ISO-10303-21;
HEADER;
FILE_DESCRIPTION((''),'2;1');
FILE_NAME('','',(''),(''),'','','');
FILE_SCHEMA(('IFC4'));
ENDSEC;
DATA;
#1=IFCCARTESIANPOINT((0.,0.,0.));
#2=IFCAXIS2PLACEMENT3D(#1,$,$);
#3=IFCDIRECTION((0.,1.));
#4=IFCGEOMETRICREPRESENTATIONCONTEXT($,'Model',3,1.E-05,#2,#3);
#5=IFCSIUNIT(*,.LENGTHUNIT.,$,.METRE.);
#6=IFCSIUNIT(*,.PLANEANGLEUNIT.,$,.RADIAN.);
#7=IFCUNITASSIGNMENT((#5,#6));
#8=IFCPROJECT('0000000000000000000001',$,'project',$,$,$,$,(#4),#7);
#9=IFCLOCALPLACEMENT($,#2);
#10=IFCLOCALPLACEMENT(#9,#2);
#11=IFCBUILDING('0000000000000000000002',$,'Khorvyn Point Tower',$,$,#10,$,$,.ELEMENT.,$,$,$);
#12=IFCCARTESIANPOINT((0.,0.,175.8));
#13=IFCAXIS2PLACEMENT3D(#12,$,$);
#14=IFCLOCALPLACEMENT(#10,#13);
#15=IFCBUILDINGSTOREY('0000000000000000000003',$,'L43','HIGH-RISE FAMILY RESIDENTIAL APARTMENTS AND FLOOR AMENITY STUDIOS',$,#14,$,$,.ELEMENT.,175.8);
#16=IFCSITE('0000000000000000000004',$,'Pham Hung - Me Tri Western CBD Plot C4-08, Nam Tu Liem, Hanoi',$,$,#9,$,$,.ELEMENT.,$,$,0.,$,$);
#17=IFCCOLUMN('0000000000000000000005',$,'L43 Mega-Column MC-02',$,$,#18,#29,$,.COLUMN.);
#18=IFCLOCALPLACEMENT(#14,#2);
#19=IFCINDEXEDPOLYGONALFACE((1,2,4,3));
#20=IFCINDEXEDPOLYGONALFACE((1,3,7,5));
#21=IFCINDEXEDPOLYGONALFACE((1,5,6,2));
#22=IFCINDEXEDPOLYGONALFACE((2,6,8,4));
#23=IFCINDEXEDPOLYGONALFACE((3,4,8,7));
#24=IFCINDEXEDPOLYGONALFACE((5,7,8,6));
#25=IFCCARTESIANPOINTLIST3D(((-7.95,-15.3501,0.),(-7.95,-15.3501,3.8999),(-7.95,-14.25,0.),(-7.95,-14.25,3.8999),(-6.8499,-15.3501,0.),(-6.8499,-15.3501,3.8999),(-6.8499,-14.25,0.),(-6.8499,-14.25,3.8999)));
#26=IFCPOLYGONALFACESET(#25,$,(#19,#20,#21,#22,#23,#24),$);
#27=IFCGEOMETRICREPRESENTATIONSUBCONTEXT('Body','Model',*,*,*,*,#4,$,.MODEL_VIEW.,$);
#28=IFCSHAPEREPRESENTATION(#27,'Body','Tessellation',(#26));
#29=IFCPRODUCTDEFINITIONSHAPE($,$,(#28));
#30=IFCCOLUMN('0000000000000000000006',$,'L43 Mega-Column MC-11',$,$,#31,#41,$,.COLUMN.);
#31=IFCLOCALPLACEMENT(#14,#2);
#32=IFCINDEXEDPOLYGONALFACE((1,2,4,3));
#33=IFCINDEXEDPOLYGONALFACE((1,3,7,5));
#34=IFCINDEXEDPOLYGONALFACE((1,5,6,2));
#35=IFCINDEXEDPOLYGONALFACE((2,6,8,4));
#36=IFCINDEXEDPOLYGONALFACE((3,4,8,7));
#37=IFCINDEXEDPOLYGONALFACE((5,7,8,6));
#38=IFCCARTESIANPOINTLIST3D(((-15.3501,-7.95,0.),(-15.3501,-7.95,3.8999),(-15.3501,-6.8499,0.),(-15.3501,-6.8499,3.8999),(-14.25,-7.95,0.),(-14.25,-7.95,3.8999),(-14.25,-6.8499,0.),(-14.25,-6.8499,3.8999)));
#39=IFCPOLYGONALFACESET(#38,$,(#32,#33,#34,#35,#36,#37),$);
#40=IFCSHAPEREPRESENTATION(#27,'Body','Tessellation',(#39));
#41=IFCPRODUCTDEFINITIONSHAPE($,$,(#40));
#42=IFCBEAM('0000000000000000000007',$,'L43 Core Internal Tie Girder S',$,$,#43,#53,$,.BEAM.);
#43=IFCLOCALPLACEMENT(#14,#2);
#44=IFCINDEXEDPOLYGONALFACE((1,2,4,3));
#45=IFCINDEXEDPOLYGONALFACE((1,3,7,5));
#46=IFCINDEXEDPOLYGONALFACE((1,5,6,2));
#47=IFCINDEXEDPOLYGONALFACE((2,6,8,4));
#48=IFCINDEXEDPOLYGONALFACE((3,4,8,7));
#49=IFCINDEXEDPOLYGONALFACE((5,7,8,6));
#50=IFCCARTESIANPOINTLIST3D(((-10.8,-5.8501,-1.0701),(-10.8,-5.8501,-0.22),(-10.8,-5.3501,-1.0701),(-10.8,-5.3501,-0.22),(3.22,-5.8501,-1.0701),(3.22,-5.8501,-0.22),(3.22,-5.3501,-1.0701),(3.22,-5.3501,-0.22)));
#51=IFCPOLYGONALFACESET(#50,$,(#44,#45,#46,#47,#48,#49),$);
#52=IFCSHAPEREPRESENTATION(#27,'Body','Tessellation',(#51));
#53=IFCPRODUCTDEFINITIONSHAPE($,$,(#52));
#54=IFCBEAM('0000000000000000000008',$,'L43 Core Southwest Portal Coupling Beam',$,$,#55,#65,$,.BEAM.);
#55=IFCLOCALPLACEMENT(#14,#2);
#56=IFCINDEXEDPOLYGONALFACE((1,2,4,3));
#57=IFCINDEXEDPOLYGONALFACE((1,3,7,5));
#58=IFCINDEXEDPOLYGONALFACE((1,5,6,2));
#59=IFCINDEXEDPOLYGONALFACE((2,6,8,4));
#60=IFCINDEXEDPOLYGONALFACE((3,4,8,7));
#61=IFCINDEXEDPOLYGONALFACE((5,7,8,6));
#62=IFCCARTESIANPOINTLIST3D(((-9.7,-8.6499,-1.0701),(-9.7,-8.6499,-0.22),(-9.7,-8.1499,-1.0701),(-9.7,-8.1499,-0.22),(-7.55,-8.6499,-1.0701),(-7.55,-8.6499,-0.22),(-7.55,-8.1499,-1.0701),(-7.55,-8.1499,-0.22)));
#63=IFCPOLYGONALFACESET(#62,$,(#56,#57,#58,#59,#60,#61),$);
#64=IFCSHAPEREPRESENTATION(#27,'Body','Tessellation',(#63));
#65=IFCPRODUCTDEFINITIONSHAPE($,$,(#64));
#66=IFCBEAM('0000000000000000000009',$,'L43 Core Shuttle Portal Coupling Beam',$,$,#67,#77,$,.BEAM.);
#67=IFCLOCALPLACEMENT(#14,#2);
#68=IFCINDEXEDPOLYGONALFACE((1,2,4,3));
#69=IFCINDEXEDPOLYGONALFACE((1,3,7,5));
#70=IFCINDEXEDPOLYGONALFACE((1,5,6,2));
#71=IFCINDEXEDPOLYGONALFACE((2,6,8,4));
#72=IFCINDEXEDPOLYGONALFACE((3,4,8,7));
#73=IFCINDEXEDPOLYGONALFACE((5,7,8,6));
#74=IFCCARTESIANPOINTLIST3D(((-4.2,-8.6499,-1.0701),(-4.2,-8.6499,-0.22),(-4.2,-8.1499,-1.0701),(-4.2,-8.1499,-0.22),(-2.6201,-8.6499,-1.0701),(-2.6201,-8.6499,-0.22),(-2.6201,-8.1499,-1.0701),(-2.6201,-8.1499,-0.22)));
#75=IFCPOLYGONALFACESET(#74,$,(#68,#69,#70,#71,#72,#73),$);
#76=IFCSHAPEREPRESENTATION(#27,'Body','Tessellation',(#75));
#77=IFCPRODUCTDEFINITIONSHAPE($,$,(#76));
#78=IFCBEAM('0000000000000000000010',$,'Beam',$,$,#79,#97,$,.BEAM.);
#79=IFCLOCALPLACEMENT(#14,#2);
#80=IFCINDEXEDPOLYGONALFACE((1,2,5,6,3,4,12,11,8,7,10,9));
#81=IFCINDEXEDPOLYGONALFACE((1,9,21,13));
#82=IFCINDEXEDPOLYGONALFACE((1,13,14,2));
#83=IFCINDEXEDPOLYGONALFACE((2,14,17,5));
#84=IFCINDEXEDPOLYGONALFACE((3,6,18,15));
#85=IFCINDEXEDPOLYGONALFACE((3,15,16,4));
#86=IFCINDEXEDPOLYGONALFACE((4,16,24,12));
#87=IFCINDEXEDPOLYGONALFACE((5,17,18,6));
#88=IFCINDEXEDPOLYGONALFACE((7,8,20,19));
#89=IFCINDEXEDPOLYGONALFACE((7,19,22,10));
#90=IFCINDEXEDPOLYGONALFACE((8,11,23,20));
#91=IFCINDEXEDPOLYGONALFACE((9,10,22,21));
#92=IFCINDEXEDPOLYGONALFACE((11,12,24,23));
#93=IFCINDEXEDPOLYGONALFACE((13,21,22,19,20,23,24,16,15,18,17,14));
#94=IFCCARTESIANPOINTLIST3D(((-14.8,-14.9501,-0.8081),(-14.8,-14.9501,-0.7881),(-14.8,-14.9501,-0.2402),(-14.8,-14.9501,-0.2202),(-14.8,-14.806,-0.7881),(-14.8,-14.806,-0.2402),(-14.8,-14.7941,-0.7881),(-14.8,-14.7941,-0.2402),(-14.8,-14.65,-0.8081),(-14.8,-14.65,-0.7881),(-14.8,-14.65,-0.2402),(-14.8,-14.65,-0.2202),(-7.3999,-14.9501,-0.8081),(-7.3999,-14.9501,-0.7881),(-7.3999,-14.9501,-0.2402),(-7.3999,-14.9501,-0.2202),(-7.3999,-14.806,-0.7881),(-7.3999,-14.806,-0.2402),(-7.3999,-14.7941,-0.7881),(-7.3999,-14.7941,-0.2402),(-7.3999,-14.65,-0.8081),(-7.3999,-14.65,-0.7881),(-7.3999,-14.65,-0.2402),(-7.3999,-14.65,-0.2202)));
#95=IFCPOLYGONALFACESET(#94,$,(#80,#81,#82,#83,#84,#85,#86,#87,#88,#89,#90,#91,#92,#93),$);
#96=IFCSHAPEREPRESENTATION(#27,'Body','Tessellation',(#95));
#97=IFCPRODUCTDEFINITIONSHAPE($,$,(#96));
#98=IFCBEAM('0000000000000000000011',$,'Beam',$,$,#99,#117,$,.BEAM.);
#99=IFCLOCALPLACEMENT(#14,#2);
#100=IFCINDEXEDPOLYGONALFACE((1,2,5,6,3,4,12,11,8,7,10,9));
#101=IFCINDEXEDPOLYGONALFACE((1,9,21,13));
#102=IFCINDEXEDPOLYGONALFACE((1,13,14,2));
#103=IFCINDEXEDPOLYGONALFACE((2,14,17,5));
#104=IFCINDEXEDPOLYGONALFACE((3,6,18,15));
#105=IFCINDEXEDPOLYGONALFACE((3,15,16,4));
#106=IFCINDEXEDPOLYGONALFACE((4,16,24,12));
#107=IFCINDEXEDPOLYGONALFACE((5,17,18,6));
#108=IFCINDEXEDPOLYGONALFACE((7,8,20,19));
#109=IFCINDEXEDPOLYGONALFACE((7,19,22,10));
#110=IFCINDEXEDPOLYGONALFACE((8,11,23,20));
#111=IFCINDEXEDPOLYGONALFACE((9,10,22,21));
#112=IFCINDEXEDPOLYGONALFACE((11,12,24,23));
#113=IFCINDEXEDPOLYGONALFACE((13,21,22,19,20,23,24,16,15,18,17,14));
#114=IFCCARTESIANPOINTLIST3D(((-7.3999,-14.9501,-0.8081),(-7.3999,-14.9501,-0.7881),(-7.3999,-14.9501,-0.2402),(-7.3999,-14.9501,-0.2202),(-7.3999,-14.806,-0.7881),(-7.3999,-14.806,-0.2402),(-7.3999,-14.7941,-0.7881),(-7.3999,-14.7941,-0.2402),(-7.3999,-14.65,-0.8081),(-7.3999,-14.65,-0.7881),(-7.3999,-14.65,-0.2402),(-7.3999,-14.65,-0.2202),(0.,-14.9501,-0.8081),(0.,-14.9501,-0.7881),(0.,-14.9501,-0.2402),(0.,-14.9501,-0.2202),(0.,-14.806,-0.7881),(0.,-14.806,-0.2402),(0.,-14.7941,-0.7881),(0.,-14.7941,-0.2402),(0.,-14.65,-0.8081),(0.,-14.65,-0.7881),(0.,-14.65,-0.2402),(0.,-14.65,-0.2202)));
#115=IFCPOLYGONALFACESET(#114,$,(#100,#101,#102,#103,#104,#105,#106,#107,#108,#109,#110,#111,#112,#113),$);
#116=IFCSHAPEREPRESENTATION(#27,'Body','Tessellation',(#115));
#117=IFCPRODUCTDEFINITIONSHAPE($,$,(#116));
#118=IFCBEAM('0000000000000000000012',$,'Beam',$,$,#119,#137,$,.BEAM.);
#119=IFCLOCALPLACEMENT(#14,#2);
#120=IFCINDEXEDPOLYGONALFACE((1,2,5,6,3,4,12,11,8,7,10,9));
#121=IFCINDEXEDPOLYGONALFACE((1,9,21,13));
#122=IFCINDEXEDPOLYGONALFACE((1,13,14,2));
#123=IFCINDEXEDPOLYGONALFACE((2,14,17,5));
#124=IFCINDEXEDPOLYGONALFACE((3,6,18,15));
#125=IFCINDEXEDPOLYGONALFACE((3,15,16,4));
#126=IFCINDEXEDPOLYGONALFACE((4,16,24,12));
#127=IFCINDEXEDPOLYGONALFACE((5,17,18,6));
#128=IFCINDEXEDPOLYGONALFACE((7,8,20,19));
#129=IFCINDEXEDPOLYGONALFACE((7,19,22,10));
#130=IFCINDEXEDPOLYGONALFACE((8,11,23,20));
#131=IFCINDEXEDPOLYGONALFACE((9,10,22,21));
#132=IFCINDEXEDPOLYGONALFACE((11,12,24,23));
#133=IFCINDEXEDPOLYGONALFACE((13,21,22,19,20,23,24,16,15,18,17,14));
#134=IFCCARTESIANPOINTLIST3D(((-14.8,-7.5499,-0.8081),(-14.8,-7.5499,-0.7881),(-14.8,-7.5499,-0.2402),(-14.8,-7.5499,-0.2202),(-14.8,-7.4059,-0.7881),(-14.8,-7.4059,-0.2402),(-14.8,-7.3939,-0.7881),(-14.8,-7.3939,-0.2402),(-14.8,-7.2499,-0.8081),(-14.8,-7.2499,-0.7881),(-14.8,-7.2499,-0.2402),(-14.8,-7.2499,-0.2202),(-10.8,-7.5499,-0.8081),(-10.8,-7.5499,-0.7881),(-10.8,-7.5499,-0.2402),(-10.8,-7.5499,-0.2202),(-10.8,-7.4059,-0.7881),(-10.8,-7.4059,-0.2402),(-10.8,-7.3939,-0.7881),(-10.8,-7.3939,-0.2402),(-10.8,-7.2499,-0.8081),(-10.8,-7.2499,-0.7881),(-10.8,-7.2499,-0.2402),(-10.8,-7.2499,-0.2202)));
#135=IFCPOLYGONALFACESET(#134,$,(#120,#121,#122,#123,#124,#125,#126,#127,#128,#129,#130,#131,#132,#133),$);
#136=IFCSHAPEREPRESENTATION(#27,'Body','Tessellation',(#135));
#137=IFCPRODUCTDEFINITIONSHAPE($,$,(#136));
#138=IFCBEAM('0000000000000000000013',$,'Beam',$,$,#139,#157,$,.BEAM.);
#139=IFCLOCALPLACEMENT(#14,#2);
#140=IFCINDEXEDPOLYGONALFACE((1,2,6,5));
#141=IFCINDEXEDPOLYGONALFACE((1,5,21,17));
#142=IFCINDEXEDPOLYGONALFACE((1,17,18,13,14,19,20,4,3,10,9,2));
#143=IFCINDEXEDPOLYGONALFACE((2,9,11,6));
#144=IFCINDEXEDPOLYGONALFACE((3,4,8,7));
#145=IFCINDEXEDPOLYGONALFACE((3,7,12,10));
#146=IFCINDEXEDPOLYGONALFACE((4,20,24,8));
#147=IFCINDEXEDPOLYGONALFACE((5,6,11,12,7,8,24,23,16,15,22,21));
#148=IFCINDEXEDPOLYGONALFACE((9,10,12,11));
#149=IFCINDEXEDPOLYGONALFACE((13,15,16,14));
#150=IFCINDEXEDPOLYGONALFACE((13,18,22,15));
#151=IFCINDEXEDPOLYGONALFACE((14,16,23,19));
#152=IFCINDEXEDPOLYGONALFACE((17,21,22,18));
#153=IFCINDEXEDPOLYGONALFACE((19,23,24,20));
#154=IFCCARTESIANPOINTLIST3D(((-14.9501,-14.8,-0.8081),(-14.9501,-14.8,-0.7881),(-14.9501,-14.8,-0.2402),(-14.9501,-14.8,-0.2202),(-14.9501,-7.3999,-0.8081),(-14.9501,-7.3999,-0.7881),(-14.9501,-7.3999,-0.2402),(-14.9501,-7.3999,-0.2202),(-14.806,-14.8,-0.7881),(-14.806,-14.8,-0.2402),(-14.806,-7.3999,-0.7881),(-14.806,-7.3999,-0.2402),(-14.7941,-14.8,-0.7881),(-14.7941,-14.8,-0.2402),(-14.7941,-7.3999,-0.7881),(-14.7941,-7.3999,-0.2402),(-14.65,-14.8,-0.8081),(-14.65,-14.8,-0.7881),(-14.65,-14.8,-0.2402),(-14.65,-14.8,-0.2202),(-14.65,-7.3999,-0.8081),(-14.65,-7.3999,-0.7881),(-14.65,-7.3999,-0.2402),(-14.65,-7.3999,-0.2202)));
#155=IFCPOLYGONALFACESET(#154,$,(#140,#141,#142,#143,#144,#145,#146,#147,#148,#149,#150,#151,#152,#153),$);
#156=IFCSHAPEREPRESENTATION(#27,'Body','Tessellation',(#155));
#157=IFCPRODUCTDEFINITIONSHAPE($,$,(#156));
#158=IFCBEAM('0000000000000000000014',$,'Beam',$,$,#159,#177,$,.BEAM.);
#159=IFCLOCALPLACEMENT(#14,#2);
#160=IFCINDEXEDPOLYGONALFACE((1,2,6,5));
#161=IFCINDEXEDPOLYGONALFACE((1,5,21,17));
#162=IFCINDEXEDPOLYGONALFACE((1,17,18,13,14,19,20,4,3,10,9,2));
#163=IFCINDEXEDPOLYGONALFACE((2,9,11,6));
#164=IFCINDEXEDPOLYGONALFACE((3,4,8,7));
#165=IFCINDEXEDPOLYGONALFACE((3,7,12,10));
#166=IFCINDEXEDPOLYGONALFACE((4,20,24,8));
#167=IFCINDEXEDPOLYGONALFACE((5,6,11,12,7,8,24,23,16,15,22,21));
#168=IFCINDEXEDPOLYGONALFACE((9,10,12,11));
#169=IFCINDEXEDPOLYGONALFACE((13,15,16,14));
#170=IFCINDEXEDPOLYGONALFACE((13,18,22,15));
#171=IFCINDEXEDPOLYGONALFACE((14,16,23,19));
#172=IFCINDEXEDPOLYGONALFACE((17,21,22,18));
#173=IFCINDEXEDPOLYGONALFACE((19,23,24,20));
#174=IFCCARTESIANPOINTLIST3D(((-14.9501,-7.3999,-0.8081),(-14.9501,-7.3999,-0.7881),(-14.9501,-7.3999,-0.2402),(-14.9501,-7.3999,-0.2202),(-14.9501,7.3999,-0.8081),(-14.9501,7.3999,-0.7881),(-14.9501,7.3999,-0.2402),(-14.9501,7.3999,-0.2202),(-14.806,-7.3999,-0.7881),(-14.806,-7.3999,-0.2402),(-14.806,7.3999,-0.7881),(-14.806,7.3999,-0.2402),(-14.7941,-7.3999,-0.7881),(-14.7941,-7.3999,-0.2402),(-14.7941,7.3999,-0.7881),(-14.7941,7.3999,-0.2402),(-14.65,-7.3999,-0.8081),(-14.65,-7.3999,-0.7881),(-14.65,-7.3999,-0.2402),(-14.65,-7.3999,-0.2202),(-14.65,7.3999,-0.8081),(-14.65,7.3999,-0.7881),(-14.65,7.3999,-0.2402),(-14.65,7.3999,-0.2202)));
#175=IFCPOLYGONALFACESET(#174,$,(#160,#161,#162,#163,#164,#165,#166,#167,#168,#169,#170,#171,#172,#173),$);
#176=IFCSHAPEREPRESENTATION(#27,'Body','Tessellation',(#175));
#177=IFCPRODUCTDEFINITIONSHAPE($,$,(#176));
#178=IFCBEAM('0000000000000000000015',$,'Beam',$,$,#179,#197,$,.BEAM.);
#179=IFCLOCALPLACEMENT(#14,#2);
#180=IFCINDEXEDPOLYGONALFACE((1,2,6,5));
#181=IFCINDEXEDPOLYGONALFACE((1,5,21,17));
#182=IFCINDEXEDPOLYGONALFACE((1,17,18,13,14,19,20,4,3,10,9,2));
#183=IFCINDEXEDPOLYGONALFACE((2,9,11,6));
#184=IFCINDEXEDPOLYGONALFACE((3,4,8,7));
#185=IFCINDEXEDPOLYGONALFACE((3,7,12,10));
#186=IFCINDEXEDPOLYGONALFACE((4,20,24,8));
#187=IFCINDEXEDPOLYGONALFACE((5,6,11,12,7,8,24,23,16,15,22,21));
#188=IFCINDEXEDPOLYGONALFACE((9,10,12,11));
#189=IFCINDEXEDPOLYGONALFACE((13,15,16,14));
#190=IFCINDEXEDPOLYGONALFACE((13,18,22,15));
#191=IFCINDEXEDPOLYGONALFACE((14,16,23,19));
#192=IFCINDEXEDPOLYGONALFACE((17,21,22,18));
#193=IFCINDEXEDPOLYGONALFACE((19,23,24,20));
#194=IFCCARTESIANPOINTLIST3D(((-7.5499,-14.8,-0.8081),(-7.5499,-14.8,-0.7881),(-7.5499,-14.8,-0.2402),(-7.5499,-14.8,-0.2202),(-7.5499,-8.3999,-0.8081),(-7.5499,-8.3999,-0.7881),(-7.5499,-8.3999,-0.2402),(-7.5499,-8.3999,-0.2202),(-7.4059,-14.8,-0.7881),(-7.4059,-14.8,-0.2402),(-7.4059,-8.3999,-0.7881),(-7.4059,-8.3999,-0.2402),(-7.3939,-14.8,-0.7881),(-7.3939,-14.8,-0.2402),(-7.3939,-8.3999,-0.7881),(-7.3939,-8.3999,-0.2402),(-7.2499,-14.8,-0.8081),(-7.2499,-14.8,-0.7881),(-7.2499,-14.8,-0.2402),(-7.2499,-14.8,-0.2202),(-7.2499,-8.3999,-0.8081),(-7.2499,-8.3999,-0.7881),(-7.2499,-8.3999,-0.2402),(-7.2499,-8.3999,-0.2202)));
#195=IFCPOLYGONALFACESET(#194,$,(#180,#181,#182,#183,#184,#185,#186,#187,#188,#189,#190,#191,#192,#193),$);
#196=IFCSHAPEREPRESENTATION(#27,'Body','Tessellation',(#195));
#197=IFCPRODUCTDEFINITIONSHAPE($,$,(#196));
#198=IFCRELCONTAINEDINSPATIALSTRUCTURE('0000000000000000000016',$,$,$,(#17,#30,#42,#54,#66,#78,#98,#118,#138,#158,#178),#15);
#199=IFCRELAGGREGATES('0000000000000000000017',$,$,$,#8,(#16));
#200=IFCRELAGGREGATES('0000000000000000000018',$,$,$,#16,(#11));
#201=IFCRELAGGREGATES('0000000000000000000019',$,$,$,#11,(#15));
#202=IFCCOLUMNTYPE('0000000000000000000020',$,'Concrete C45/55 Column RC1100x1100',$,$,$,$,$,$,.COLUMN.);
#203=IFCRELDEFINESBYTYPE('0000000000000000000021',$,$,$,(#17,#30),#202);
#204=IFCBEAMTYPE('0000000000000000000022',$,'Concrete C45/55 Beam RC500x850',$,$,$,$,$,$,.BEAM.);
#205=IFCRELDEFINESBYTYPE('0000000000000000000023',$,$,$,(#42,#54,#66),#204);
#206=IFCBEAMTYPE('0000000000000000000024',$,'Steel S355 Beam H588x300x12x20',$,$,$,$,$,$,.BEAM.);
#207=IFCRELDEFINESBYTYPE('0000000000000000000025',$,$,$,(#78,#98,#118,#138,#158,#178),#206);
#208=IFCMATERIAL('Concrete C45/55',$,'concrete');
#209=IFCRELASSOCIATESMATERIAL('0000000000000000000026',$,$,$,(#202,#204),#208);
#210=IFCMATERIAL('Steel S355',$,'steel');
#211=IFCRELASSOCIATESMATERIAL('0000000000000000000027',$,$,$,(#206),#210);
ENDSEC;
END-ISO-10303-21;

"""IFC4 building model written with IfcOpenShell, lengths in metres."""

from ifc_helpers import new_model, si_unit, direction, frame, origin, origin_2d, place, context, subcontext, project, spatial, rectangle, i_section, extrude, material, material_profile, profile_set, type_object, element, save


model = new_model("IFC4")

# Units and contexts
model_context = context("Model", 3, precision=1e-05, world=origin(), true_north=direction((0.0, 1.0)))
body_context = subcontext(model_context, "Body", "Model", "MODEL_VIEW")
ifc_project = project(units=[si_unit("LENGTHUNIT", "METRE"), si_unit("PLANEANGLEUNIT", "RADIAN")], contexts=[model_context])

# Site, building, storey
site_placement = place(None, origin())
site = spatial("IfcSite", under=ifc_project, at=site_placement, Name="Pham Hung - Me Tri Western CBD Plot C4-08, Nam Tu Liem, Hanoi", CompositionType="ELEMENT", RefElevation=0.0)
building_placement = place(site_placement, origin())
building = spatial("IfcBuilding", under=site, at=building_placement, Name="Khorvyn Point Tower", CompositionType="ELEMENT")
storey_placement = place(building_placement, frame((0.0, 0.0, 175.8)))
storey = spatial("IfcBuildingStorey", under=building, at=storey_placement, Name="L43", Description="HIGH-RISE FAMILY RESIDENTIAL APARTMENTS AND FLOOR AMENITY STUDIOS", CompositionType="ELEMENT", Elevation=175.8)

# Columns
ifc_material_1 = material(Name="Concrete C45/55", Category="concrete")
ifc_material_profile_1 = material_profile(ifc_material_1, rectangle(XDim=1.1001, YDim=1.1001, at=origin_2d()))
ifc_profile_set_1 = profile_set([ifc_material_profile_1], Name="Concrete C45/55 RC1100x1100")
column_type = type_object("IfcColumnType", Name="Concrete C45/55 Column RC1100x1100", PredefinedType="COLUMN", material=ifc_profile_set_1)
for number, where, z_axis, x_axis, name in (
    (1, (-7.3999, -14.8, 0.0), (0.0, 0.0, 1.0), (1.0, 0.0, 0.0), "L43 Mega-Column MC-02"),
    (2, (-14.8, -7.3999, 0.0), (0.0, 0.0, 1.0), (1.0, 0.0, 0.0), "L43 Mega-Column MC-11"),
):
    element("IfcColumn", number, at=place(storey_placement, frame(where, z_axis=z_axis, x_axis=x_axis)), inside=storey, type_object=column_type, Name=name, PredefinedType="COLUMN", context=body_context, shape_type="SweptSolid", body=[
        extrude(rectangle(XDim=1.1001, YDim=1.1001, at=origin_2d()), origin(), (0.0, 0.0, 1.0), 3.8999),
    ])

# Beams
ifc_material_profile_2 = material_profile(ifc_material_1, rectangle(XDim=0.5, YDim=0.8501, at=origin_2d()))
ifc_profile_set_2 = profile_set([ifc_material_profile_2], Name="Concrete C45/55 RC500x850")
beam_type_1 = type_object("IfcBeamType", Name="Concrete C45/55 Beam RC500x850", PredefinedType="BEAM", material=ifc_profile_set_2)
beam_1_placement = place(storey_placement, frame((-10.8, -5.6001, -0.645), z_axis=(1.0, 0.0, 0.0), x_axis=(0.0, 1.0, 0.0)))
element("IfcBeam", 3, at=beam_1_placement, inside=storey, type_object=beam_type_1, Name="L43 Core Internal Tie Girder S", PredefinedType="BEAM", context=body_context, shape_type="SweptSolid", body=[
    extrude(rectangle(XDim=0.5, YDim=0.8501, at=origin_2d()), origin(), (0.0, 0.0, 1.0), 14.02),
])
beam_2_placement = place(storey_placement, frame((-9.7, -8.3999, -0.645), z_axis=(1.0, 0.0, 0.0), x_axis=(0.0, 1.0, 0.0)))
element("IfcBeam", 4, at=beam_2_placement, inside=storey, type_object=beam_type_1, Name="L43 Core Southwest Portal Coupling Beam", PredefinedType="BEAM", context=body_context, shape_type="SweptSolid", body=[
    extrude(rectangle(XDim=0.5, YDim=0.8501, at=origin_2d()), origin(), (0.0, 0.0, 1.0), 2.1499),
])
beam_3_placement = place(storey_placement, frame((-4.2, -8.3999, -0.645), z_axis=(1.0, 0.0, 0.0), x_axis=(0.0, 1.0, 0.0)))
element("IfcBeam", 5, at=beam_3_placement, inside=storey, type_object=beam_type_1, Name="L43 Core Shuttle Portal Coupling Beam", PredefinedType="BEAM", context=body_context, shape_type="SweptSolid", body=[
    extrude(rectangle(XDim=0.5, YDim=0.8501, at=origin_2d()), origin(), (0.0, 0.0, 1.0), 1.5798),
])
ifc_material_2 = material(Name="Steel S355", Category="steel")
ifc_material_profile_3 = material_profile(ifc_material_2, i_section(OverallWidth=0.3, OverallDepth=0.5879, WebThickness=0.012, FlangeThickness=0.02, at=origin_2d()))
ifc_profile_set_3 = profile_set([ifc_material_profile_3], Name="Steel S355 H588x300x12x20")
beam_type_2 = type_object("IfcBeamType", Name="Steel S355 Beam H588x300x12x20", PredefinedType="BEAM", material=ifc_profile_set_3)
beam_4_placement = place(storey_placement, frame((-14.8, -14.8, -0.5142), z_axis=(1.0, 0.0, 0.0), x_axis=(0.0, 1.0, 0.0)))
element("IfcBeam", 6, at=beam_4_placement, inside=storey, type_object=beam_type_2, Name="Beam", PredefinedType="BEAM", context=body_context, shape_type="SweptSolid", body=[
    extrude(i_section(OverallWidth=0.3, OverallDepth=0.5879, WebThickness=0.012, FlangeThickness=0.02, at=origin_2d()), origin(), (0.0, 0.0, 1.0), 7.4001),
])
beam_5_placement = place(storey_placement, frame((-7.3999, -14.8, -0.5142), z_axis=(1.0, 0.0, 0.0), x_axis=(0.0, 1.0, 0.0)))
element("IfcBeam", 7, at=beam_5_placement, inside=storey, type_object=beam_type_2, Name="Beam", PredefinedType="BEAM", context=body_context, shape_type="SweptSolid", body=[
    extrude(i_section(OverallWidth=0.3, OverallDepth=0.5879, WebThickness=0.012, FlangeThickness=0.02, at=origin_2d()), origin(), (0.0, 0.0, 1.0), 7.3999),
])
beam_6_placement = place(storey_placement, frame((-14.8, -7.3999, -0.5142), z_axis=(1.0, 0.0, 0.0), x_axis=(0.0, 1.0, 0.0)))
element("IfcBeam", 8, at=beam_6_placement, inside=storey, type_object=beam_type_2, Name="Beam", PredefinedType="BEAM", context=body_context, shape_type="SweptSolid", body=[
    extrude(i_section(OverallWidth=0.3, OverallDepth=0.5879, WebThickness=0.012, FlangeThickness=0.02, at=origin_2d()), origin(), (0.0, 0.0, 1.0), 4.0),
])
beam_7_placement = place(storey_placement, frame((-14.8, -14.8, -0.5142), z_axis=(0.0, 1.0, 0.0), x_axis=(-1.0, 0.0, 0.0)))
element("IfcBeam", 9, at=beam_7_placement, inside=storey, type_object=beam_type_2, Name="Beam", PredefinedType="BEAM", context=body_context, shape_type="SweptSolid", body=[
    extrude(i_section(OverallWidth=0.3, OverallDepth=0.5879, WebThickness=0.012, FlangeThickness=0.02, at=origin_2d()), origin(), (0.0, 0.0, 1.0), 7.4001),
])
beam_8_placement = place(storey_placement, frame((-14.8, -7.3999, -0.5142), z_axis=(0.0, 1.0, 0.0), x_axis=(-1.0, 0.0, 0.0)))
element("IfcBeam", 10, at=beam_8_placement, inside=storey, type_object=beam_type_2, Name="Beam", PredefinedType="BEAM", context=body_context, shape_type="SweptSolid", body=[
    extrude(i_section(OverallWidth=0.3, OverallDepth=0.5879, WebThickness=0.012, FlangeThickness=0.02, at=origin_2d()), origin(), (0.0, 0.0, 1.0), 14.7998),
])
beam_9_placement = place(storey_placement, frame((-7.3999, -14.8, -0.5142), z_axis=(0.0, 1.0, 0.0), x_axis=(-1.0, 0.0, 0.0)))
element("IfcBeam", 11, at=beam_9_placement, inside=storey, type_object=beam_type_2, Name="Beam", PredefinedType="BEAM", context=body_context, shape_type="SweptSolid", body=[
    extrude(i_section(OverallWidth=0.3, OverallDepth=0.5879, WebThickness=0.012, FlangeThickness=0.02, at=origin_2d()), origin(), (0.0, 0.0, 1.0), 6.4001),
])

save(model, "model.ifc")
